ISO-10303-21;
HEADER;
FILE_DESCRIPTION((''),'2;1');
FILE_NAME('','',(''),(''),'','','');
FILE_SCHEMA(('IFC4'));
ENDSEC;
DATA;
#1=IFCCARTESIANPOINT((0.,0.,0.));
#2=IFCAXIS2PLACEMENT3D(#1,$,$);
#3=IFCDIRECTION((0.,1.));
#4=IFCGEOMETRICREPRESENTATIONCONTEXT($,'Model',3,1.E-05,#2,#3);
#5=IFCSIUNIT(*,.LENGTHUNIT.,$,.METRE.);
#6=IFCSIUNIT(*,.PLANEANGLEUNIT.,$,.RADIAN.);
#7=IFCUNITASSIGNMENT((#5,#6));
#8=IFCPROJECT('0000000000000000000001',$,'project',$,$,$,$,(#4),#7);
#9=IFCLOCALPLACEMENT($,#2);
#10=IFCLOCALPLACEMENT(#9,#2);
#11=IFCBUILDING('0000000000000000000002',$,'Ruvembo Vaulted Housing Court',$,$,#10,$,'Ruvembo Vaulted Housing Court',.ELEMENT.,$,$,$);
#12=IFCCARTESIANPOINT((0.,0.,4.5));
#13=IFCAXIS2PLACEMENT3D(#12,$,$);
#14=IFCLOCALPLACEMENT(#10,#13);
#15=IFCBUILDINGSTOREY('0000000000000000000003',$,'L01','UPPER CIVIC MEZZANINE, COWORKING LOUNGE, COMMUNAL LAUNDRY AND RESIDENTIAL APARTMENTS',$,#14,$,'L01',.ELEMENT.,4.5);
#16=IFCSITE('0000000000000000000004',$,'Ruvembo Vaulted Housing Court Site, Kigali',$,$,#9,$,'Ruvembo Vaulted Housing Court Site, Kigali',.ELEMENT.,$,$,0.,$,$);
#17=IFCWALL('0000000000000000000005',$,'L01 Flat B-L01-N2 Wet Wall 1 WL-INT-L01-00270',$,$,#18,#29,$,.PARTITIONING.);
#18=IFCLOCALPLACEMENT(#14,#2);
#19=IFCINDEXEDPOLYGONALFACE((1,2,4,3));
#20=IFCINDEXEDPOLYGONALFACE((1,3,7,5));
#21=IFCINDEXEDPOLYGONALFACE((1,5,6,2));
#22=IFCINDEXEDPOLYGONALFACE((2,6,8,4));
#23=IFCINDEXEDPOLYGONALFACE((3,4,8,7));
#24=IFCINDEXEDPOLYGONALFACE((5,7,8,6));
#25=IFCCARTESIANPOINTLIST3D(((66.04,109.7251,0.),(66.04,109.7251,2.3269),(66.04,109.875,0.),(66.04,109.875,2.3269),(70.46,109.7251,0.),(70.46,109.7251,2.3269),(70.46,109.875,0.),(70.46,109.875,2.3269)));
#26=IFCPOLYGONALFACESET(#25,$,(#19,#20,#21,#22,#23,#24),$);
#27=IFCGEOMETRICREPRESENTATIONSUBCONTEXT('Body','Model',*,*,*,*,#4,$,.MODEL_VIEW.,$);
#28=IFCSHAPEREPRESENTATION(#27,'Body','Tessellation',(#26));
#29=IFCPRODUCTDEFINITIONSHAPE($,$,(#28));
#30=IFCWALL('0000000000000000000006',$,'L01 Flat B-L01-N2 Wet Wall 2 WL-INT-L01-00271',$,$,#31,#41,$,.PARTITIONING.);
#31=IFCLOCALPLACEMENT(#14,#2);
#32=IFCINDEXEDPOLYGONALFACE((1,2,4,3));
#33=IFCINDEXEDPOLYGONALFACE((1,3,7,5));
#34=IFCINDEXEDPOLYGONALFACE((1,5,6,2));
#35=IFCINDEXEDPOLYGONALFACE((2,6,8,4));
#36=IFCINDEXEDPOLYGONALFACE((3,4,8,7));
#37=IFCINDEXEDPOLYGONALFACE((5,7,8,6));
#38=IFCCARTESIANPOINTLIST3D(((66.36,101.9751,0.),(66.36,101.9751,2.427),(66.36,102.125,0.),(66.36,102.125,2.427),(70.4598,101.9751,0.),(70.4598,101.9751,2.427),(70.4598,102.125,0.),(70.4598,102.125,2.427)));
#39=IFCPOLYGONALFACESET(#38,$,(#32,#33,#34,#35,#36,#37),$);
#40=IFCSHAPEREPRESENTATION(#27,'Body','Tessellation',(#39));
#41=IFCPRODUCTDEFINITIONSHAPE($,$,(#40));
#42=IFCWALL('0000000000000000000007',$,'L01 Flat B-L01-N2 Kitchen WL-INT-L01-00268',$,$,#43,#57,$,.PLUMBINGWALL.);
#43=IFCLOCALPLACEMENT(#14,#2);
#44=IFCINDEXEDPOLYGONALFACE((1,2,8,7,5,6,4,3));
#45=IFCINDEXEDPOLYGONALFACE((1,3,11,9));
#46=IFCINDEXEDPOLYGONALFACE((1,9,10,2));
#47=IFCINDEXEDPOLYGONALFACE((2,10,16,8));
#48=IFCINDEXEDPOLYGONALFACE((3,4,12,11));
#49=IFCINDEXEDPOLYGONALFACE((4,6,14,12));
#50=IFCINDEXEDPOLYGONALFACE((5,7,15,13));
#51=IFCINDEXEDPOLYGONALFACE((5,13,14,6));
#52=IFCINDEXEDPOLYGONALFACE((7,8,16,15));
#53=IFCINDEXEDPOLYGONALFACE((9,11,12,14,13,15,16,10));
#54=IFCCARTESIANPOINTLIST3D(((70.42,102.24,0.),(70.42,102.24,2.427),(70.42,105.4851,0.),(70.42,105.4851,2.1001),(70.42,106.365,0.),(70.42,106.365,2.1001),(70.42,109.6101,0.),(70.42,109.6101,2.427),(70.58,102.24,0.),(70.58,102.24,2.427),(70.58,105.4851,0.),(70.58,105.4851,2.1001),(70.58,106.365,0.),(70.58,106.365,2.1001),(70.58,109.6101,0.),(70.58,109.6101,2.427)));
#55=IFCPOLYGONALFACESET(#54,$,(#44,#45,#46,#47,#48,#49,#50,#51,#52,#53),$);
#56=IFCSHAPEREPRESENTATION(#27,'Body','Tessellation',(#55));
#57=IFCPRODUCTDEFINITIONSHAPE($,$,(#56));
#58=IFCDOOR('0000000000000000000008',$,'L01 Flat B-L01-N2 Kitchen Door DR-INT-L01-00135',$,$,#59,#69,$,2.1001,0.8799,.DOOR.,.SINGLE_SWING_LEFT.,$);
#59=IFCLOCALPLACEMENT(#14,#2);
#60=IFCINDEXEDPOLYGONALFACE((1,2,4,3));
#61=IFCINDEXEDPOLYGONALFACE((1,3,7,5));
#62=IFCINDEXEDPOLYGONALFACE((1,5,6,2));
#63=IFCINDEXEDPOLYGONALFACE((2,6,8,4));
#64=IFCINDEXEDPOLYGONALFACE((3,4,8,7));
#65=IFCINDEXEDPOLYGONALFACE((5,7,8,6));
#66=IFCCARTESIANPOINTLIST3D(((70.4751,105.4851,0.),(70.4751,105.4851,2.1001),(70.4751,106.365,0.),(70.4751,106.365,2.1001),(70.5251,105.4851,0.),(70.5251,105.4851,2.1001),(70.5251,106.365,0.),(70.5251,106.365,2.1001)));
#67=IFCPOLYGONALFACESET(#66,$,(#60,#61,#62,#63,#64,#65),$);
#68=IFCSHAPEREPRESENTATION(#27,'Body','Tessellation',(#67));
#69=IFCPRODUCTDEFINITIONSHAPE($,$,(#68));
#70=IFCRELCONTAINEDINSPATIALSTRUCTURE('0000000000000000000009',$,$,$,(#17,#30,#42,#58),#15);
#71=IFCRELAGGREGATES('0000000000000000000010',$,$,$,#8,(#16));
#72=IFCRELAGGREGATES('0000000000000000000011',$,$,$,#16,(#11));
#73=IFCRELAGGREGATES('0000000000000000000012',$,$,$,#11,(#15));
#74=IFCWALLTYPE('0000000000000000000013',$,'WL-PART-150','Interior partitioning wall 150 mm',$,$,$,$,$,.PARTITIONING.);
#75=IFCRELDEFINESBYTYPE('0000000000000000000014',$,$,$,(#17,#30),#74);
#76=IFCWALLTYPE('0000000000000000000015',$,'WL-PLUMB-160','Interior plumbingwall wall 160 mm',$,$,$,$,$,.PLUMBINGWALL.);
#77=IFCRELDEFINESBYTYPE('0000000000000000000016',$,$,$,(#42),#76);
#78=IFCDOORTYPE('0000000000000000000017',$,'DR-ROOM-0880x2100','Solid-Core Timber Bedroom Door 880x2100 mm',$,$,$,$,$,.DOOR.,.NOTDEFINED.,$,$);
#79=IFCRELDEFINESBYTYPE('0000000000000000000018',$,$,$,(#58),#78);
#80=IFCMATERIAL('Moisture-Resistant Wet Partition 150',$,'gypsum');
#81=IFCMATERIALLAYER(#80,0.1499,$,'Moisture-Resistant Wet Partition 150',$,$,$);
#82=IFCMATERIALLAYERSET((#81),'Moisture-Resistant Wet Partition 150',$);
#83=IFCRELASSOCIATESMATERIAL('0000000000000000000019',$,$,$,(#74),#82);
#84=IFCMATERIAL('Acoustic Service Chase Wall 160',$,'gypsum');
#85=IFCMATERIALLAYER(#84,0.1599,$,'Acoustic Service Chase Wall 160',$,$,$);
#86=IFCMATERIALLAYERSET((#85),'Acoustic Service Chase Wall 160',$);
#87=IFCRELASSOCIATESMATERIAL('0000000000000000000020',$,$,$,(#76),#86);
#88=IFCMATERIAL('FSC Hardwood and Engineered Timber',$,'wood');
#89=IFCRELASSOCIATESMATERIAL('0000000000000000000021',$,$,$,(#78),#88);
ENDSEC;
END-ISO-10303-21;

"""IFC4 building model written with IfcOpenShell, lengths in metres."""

from ifc_helpers import new_model, si_unit, direction, frame, frame_2d, origin, place, context, subcontext, project, spatial, rectangle, extrude, material, layer, layer_set, type_object, element, fill, save


model = new_model("IFC4")

# Units and contexts
model_context = context("Model", 3, precision=1e-05, world=origin(), true_north=direction((0.0, 1.0)))
body_context = subcontext(model_context, "Body", "Model", "MODEL_VIEW")
ifc_project = project(units=[si_unit("LENGTHUNIT", "METRE"), si_unit("PLANEANGLEUNIT", "RADIAN")], contexts=[model_context])

# Site, building, storey
site_placement = place(None, origin())
site = spatial("IfcSite", under=ifc_project, at=site_placement, Name="Ruvembo Vaulted Housing Court Site, Kigali", LongName="Ruvembo Vaulted Housing Court Site, Kigali", CompositionType="ELEMENT", RefElevation=0.0)
building_placement = place(site_placement, origin())
building = spatial("IfcBuilding", under=site, at=building_placement, Name="Ruvembo Vaulted Housing Court", LongName="Ruvembo Vaulted Housing Court", CompositionType="ELEMENT")
storey_placement = place(building_placement, frame((0.0, 0.0, 4.5)))
storey = spatial("IfcBuildingStorey", under=building, at=storey_placement, Name="L01", Description="UPPER CIVIC MEZZANINE, COWORKING LOUNGE, COMMUNAL LAUNDRY AND RESIDENTIAL APARTMENTS", LongName="L01", CompositionType="ELEMENT", Elevation=4.5)

# Shared definitions
ifc_material_1 = material(Name="FSC Hardwood and Engineered Timber", Category="wood")

# Walls
ifc_material_2 = material(Name="Moisture-Resistant Wet Partition 150", Category="gypsum")
ifc_layer_1 = layer(ifc_material_2, 0.1499, Name="Moisture-Resistant Wet Partition 150")
ifc_layer_set_1 = layer_set([ifc_layer_1], Name="Moisture-Resistant Wet Partition 150")
wall_type_1 = type_object("IfcWallType", Name="WL-PART-150", Description="Interior partitioning wall 150 mm", PredefinedType="PARTITIONING", material=ifc_layer_set_1)
wall_1_placement = place(storey_placement, frame((66.04, 109.8, 0.0), z_axis=(0.0, 0.0, 1.0), x_axis=(1.0, 0.0, 0.0)))
element("IfcWall", 1, at=wall_1_placement, inside=storey, type_object=wall_type_1, Name="L01 Flat B-L01-N2 Wet Wall 1 WL-INT-L01-00270", PredefinedType="PARTITIONING", context=body_context, shape_type="SweptSolid", body=[
    extrude(rectangle(XDim=4.4199, YDim=0.1499, at=frame_2d((2.21, 0.0))), origin(), (0.0, 0.0, 1.0), 2.3269),
])
wall_2_placement = place(storey_placement, frame((66.3601, 102.05, 0.0), z_axis=(0.0, 0.0, 1.0), x_axis=(1.0, 0.0, 0.0)))
element("IfcWall", 2, at=wall_2_placement, inside=storey, type_object=wall_type_1, Name="L01 Flat B-L01-N2 Wet Wall 2 WL-INT-L01-00271", PredefinedType="PARTITIONING", context=body_context, shape_type="SweptSolid", body=[
    extrude(rectangle(XDim=4.0999, YDim=0.1499, at=frame_2d((2.0498, 0.0))), origin(), (0.0, 0.0, 1.0), 2.427),
])

# Wall, opening, door
ifc_material_3 = material(Name="Acoustic Service Chase Wall 160", Category="gypsum")
ifc_layer_2 = layer(ifc_material_3, 0.1599, Name="Acoustic Service Chase Wall 160")
ifc_layer_set_2 = layer_set([ifc_layer_2], Name="Acoustic Service Chase Wall 160")
wall_type_2 = type_object("IfcWallType", Name="WL-PLUMB-160", Description="Interior plumbingwall wall 160 mm", PredefinedType="PLUMBINGWALL", material=ifc_layer_set_2)
wall_3_placement = place(storey_placement, frame((70.5, 102.24, 0.0), z_axis=(0.0, 0.0, 1.0), x_axis=(0.0, 1.0, 0.0)))
wall_3 = element("IfcWall", 3, at=wall_3_placement, inside=storey, type_object=wall_type_2, Name="L01 Flat B-L01-N2 Kitchen WL-INT-L01-00268", PredefinedType="PLUMBINGWALL", context=body_context, shape_type="SweptSolid", body=[
    extrude(rectangle(XDim=7.3701, YDim=0.1599, at=frame_2d((3.6851, 0.0))), origin(), (0.0, 0.0, 1.0), 2.427),
])
opening_1_placement = place(wall_3_placement, frame((3.2451, 0.0, 0.0)))
opening_1 = element("IfcOpeningElement", 4, at=opening_1_placement, cuts=wall_3, PredefinedType="OPENING", context=body_context, shape_type="SweptSolid", body=[
    extrude(rectangle(XDim=0.8799, YDim=2.1001, at=frame_2d((0.4399, 1.05))), frame((0.0, 0.0898, 0.0), z_axis=(0.0, -1.0, 0.0), x_axis=(1.0, 0.0, 0.0)), (0.0, 0.0, 1.0), 0.1799),
])
door_type_1 = type_object("IfcDoorType", Name="DR-ROOM-0880x2100", Description="Solid-Core Timber Bedroom Door 880x2100 mm", OperationType="NOTDEFINED", PredefinedType="DOOR", material=ifc_material_1)
door_1_placement = place(opening_1_placement, origin())
door_1 = element("IfcDoor", 5, at=door_1_placement, inside=storey, type_object=door_type_1, Name="L01 Flat B-L01-N2 Kitchen Door DR-INT-L01-00135", OperationType="SINGLE_SWING_LEFT", OverallHeight=2.1001, OverallWidth=0.8799, PredefinedType="DOOR", context=body_context, shape_type="SweptSolid", body=[
    extrude(rectangle(XDim=0.8799, YDim=2.1001, at=frame_2d((0.4399, 1.05))), frame((0.0, 0.0249, 0.0), z_axis=(0.0, -1.0, 0.0), x_axis=(1.0, 0.0, 0.0)), (0.0, 0.0, 1.0), 0.05),
])
fill(opening_1, door_1)

save(model, "model.ifc")
